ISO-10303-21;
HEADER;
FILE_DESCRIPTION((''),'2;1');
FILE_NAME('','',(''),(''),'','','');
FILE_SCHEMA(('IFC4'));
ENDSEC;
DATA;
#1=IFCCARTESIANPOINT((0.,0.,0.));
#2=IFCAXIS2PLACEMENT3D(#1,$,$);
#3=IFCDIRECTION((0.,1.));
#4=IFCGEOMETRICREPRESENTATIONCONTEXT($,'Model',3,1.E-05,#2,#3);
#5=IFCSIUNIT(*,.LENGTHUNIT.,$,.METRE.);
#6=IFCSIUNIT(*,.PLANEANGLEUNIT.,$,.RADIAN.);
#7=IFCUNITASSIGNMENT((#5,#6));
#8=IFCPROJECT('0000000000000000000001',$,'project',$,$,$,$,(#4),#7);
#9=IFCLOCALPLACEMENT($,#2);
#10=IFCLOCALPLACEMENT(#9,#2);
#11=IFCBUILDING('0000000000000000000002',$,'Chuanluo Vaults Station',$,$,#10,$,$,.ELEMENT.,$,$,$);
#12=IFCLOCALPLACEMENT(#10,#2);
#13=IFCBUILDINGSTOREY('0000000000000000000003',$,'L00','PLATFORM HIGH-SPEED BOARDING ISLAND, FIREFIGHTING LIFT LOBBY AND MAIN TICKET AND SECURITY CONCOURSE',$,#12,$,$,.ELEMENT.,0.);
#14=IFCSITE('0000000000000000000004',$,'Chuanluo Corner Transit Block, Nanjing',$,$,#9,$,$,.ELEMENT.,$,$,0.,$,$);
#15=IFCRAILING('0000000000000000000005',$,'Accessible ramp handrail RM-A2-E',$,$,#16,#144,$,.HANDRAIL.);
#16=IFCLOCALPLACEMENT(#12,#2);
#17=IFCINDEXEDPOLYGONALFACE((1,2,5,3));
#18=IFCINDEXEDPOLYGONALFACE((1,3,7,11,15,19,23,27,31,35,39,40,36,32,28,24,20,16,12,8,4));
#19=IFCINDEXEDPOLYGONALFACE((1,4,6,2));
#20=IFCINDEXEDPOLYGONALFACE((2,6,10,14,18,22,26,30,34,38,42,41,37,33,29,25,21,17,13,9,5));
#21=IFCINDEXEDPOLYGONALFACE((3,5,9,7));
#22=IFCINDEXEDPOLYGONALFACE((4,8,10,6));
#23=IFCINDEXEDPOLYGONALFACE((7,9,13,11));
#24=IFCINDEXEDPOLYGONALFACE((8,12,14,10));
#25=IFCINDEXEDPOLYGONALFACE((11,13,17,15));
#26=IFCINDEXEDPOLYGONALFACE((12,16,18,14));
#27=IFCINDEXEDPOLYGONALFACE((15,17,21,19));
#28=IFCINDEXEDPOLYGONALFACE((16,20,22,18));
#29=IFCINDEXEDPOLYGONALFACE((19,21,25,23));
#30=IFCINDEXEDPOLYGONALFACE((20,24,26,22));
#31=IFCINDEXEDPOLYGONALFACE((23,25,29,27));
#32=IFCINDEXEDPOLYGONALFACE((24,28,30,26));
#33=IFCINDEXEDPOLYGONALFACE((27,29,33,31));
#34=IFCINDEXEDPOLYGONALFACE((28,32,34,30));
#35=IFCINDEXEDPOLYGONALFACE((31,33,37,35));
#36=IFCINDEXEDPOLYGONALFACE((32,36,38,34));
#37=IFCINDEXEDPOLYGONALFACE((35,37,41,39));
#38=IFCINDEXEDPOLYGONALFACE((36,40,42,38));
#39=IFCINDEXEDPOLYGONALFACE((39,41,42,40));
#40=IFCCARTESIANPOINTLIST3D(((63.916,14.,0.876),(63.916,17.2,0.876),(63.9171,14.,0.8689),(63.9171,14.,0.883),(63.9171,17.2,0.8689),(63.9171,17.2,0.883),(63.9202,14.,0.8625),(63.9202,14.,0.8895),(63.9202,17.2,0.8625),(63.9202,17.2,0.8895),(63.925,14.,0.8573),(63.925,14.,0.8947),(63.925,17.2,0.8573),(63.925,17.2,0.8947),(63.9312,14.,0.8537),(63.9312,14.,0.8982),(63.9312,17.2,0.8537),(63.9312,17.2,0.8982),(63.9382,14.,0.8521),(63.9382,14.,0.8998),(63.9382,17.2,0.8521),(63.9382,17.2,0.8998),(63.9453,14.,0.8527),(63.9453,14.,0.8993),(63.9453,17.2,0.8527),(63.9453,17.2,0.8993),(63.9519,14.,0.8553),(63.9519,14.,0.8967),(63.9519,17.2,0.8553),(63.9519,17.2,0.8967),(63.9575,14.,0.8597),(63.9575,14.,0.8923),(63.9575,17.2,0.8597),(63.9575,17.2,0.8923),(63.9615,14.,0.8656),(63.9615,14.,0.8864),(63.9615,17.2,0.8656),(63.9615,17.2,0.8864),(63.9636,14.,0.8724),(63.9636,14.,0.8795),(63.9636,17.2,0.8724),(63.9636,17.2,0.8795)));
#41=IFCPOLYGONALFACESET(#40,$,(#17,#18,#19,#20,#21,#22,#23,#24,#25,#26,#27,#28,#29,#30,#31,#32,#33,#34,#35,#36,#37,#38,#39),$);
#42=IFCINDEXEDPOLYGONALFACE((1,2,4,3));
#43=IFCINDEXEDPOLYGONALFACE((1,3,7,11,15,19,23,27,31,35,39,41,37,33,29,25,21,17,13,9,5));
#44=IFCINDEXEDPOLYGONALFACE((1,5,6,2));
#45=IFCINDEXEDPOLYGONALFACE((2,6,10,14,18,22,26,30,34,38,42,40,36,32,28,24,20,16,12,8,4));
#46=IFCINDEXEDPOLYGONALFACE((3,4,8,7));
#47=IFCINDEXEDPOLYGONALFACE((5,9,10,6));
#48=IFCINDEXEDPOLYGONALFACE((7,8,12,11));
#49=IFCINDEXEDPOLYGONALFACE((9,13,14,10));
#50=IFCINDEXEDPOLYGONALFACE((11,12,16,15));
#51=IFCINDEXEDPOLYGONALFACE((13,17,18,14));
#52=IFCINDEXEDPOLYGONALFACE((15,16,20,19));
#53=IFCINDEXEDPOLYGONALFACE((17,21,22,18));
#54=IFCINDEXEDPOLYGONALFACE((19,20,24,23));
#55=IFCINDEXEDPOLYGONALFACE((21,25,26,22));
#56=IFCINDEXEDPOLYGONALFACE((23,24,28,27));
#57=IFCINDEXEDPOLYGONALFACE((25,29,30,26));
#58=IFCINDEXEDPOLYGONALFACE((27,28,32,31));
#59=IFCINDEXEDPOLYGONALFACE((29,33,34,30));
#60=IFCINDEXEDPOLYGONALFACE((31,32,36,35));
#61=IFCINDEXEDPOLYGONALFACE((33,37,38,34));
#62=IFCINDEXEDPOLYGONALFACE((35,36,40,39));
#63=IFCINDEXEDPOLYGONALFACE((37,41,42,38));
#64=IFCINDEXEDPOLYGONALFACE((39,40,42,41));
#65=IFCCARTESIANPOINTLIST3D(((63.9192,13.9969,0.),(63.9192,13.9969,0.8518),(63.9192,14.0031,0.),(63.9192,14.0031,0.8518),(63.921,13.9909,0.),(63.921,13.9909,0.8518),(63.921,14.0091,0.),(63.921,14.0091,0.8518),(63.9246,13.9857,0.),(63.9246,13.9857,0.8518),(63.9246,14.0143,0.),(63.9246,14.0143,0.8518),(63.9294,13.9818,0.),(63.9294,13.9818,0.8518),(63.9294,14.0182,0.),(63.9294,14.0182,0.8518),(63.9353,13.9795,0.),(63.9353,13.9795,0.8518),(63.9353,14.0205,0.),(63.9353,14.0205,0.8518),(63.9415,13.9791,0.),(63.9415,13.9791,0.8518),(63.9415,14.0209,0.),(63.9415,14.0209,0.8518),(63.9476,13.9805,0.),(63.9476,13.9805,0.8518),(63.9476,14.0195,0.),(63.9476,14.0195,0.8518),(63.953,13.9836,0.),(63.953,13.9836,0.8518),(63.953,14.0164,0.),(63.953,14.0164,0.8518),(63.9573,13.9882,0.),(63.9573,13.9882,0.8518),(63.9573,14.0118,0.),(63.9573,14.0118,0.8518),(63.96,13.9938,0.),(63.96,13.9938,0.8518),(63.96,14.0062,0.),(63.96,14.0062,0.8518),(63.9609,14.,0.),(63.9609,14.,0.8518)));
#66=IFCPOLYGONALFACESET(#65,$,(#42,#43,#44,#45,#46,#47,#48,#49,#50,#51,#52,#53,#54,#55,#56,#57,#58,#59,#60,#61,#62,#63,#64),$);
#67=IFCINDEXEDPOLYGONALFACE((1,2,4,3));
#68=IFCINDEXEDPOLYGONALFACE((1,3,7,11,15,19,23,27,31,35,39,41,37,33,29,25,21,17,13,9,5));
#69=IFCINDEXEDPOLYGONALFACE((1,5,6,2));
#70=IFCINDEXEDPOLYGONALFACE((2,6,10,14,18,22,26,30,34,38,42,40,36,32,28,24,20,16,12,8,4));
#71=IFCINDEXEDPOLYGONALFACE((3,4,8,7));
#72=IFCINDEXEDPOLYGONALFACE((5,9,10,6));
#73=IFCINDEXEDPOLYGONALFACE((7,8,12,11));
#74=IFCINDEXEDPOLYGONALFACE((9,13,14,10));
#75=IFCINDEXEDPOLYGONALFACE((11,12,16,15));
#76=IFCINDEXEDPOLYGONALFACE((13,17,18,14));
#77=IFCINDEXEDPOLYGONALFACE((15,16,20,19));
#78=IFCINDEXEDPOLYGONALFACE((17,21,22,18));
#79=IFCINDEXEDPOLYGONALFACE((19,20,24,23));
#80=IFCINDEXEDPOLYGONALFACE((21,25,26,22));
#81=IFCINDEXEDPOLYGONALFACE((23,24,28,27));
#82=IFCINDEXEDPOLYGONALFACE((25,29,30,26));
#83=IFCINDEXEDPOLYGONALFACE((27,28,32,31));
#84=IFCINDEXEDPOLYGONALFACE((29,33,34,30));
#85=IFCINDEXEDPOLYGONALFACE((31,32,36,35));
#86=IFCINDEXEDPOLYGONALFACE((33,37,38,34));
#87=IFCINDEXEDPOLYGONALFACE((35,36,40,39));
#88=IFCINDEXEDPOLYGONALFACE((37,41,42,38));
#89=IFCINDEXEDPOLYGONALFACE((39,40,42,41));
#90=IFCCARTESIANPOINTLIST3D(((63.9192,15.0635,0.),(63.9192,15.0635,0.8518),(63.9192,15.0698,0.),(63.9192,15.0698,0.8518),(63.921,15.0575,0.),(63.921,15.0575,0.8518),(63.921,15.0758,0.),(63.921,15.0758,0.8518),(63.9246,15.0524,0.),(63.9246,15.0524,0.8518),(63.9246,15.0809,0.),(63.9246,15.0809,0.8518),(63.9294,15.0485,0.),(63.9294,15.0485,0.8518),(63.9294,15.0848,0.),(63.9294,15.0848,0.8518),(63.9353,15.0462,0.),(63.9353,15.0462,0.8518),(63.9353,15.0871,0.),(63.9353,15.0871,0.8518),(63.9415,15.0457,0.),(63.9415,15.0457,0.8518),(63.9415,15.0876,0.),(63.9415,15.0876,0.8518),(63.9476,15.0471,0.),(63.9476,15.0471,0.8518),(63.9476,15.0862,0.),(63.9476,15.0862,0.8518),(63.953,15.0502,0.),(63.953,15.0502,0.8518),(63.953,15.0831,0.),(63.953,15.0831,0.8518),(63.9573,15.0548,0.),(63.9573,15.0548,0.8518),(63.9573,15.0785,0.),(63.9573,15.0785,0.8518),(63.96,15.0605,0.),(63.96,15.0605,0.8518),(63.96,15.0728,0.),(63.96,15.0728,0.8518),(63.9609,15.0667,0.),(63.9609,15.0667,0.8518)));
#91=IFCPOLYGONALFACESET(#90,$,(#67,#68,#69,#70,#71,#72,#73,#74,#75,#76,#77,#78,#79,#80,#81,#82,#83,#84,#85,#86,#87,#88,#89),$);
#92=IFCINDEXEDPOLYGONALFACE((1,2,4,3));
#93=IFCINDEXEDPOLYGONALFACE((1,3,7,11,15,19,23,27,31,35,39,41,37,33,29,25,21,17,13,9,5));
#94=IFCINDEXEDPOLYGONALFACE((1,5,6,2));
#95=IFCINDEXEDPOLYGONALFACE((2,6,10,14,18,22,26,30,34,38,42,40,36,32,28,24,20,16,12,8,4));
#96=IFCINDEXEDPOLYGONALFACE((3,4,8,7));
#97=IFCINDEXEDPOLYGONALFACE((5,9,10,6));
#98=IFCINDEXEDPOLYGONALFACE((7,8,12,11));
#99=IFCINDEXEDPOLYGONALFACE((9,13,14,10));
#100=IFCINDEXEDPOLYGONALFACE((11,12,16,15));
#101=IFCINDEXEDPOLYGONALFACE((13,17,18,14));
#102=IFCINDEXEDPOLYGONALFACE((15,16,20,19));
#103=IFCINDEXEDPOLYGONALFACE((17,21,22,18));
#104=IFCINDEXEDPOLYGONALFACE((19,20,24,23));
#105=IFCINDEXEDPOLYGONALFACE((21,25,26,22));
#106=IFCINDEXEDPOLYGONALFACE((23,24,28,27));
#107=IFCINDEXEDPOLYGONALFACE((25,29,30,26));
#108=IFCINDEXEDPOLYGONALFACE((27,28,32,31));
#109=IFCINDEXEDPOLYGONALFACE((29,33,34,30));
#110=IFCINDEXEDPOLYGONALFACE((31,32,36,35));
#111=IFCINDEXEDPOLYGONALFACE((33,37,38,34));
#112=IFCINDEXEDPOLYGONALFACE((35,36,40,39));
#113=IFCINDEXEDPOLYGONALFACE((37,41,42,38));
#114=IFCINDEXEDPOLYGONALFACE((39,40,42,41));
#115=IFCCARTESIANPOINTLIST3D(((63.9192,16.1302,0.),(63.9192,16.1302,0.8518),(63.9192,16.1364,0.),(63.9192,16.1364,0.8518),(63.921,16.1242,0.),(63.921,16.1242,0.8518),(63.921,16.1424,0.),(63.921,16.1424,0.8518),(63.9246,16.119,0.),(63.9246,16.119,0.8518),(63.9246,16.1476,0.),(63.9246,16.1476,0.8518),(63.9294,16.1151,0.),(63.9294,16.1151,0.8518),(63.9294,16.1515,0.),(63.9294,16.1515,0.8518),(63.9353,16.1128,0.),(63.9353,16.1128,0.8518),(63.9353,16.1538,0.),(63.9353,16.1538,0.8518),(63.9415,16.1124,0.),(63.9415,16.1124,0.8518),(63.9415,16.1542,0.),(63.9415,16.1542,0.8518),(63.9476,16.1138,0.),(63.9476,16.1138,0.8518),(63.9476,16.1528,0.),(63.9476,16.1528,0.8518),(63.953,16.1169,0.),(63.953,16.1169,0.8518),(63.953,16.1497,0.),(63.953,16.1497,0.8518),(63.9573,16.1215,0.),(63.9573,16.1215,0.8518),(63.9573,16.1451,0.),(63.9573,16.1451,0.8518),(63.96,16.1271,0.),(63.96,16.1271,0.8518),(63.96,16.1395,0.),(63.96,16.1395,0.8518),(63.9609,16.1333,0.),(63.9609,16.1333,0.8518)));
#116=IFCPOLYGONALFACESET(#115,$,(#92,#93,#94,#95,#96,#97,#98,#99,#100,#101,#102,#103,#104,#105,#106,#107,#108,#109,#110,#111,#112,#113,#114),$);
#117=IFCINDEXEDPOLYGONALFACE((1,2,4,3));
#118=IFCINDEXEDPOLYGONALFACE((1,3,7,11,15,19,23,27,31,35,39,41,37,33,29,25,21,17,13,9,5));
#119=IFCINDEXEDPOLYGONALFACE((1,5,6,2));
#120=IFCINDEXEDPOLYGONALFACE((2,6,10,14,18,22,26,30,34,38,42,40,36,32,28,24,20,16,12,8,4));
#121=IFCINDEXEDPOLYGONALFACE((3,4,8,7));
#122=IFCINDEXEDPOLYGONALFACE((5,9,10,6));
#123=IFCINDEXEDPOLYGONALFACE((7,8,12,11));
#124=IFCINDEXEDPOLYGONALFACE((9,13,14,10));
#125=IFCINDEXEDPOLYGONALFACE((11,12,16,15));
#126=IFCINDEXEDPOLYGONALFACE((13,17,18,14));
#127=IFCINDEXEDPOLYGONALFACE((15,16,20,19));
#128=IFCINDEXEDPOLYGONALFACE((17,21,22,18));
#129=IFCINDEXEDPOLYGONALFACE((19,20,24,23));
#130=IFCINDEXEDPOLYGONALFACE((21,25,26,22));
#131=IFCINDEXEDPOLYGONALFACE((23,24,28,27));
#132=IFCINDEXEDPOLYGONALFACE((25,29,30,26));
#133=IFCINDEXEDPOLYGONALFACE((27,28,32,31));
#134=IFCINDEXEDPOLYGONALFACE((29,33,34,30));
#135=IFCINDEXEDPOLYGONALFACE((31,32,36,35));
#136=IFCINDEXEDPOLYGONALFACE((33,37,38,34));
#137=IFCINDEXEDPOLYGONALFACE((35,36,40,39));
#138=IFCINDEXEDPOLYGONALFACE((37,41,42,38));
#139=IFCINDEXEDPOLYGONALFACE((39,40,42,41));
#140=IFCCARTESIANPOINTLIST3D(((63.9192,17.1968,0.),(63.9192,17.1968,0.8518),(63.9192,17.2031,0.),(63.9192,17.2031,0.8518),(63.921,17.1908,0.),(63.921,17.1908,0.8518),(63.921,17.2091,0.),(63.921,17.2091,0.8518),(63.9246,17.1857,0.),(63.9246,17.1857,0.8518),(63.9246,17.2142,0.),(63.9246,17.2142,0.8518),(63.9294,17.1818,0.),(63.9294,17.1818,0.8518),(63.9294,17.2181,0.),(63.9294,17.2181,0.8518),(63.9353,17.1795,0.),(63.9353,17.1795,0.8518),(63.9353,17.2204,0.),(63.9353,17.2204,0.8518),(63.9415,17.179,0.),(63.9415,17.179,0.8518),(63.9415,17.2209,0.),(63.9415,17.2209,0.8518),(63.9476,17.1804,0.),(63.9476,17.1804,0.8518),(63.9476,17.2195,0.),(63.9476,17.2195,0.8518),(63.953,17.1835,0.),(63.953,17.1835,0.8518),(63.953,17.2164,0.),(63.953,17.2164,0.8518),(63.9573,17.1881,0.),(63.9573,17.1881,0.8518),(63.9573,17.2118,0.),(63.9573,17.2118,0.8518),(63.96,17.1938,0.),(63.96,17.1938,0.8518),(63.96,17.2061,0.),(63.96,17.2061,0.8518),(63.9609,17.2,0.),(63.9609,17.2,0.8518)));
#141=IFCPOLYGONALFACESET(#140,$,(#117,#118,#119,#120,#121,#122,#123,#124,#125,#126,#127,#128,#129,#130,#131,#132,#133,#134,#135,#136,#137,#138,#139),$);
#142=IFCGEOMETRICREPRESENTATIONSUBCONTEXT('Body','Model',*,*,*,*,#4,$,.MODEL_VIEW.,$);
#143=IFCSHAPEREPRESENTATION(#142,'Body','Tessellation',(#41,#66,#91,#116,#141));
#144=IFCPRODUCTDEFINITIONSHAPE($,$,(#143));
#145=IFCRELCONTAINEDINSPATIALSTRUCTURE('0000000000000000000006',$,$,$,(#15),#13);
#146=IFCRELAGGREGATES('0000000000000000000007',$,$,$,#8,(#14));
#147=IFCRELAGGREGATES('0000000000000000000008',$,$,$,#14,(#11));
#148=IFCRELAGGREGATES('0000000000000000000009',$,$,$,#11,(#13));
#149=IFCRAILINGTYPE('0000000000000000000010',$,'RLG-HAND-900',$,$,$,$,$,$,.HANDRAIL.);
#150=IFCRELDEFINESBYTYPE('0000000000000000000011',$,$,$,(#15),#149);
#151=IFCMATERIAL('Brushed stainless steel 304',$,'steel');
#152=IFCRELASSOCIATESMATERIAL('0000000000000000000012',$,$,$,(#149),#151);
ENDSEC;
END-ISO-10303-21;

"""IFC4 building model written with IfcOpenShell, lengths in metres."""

from ifc_helpers import new_model, si_unit, direction, frame, origin, origin_2d, place, context, subcontext, project, spatial, circle, extrude, material, type_object, element, save


model = new_model("IFC4")

# Units and contexts
model_context = context("Model", 3, precision=1e-05, world=origin(), true_north=direction((0.0, 1.0)))
body_context = subcontext(model_context, "Body", "Model", "MODEL_VIEW")
ifc_project = project(units=[si_unit("LENGTHUNIT", "METRE"), si_unit("PLANEANGLEUNIT", "RADIAN")], contexts=[model_context])

# Site, building, storey
site_placement = place(None, origin())
site = spatial("IfcSite", under=ifc_project, at=site_placement, Name="Chuanluo Corner Transit Block, Nanjing", CompositionType="ELEMENT", RefElevation=0.0)
building_placement = place(site_placement, origin())
building = spatial("IfcBuilding", under=site, at=building_placement, Name="Chuanluo Vaults Station", CompositionType="ELEMENT")
storey_placement = place(building_placement, origin())
storey = spatial("IfcBuildingStorey", under=building, at=storey_placement, Name="L00", Description="PLATFORM HIGH-SPEED BOARDING ISLAND, FIREFIGHTING LIFT LOBBY AND MAIN TICKET AND SECURITY CONCOURSE", CompositionType="ELEMENT", Elevation=0.0)

# Railing
ifc_material_1 = material(Name="Brushed stainless steel 304", Category="steel")
railing_type_1 = type_object("IfcRailingType", Name="RLG-HAND-900", PredefinedType="HANDRAIL", material=ifc_material_1)
for number, where, name in (
    (1, (63.9399, 14.0, 0.0), "Accessible ramp handrail RM-A2-E"),
):
    element("IfcRailing", number, at=place(storey_placement, frame(where)), inside=storey, type_object=railing_type_1, Name=name, PredefinedType="HANDRAIL", context=body_context, shape_type="SweptSolid", body=[
        extrude(circle(Radius=0.0239, at=origin_2d()), frame((0.0, 0.0, 0.876), z_axis=(0.0, 1.0, 0.0), x_axis=(-1.0, 0.0, 0.0)), (0.0, 0.0, 1.0), 3.2),
        extrude(circle(Radius=0.021, at=origin_2d()), origin(), (0.0, 0.0, 1.0), 0.8518),
        extrude(circle(Radius=0.021, at=origin_2d()), frame((0.0, 1.0667, 0.0)), (0.0, 0.0, 1.0), 0.8518),
        extrude(circle(Radius=0.021, at=origin_2d()), frame((0.0, 2.1333, 0.0)), (0.0, 0.0, 1.0), 0.8518),
        extrude(circle(Radius=0.021, at=origin_2d()), frame((0.0, 3.2, 0.0)), (0.0, 0.0, 1.0), 0.8518),
    ])

save(model, "model.ifc")
